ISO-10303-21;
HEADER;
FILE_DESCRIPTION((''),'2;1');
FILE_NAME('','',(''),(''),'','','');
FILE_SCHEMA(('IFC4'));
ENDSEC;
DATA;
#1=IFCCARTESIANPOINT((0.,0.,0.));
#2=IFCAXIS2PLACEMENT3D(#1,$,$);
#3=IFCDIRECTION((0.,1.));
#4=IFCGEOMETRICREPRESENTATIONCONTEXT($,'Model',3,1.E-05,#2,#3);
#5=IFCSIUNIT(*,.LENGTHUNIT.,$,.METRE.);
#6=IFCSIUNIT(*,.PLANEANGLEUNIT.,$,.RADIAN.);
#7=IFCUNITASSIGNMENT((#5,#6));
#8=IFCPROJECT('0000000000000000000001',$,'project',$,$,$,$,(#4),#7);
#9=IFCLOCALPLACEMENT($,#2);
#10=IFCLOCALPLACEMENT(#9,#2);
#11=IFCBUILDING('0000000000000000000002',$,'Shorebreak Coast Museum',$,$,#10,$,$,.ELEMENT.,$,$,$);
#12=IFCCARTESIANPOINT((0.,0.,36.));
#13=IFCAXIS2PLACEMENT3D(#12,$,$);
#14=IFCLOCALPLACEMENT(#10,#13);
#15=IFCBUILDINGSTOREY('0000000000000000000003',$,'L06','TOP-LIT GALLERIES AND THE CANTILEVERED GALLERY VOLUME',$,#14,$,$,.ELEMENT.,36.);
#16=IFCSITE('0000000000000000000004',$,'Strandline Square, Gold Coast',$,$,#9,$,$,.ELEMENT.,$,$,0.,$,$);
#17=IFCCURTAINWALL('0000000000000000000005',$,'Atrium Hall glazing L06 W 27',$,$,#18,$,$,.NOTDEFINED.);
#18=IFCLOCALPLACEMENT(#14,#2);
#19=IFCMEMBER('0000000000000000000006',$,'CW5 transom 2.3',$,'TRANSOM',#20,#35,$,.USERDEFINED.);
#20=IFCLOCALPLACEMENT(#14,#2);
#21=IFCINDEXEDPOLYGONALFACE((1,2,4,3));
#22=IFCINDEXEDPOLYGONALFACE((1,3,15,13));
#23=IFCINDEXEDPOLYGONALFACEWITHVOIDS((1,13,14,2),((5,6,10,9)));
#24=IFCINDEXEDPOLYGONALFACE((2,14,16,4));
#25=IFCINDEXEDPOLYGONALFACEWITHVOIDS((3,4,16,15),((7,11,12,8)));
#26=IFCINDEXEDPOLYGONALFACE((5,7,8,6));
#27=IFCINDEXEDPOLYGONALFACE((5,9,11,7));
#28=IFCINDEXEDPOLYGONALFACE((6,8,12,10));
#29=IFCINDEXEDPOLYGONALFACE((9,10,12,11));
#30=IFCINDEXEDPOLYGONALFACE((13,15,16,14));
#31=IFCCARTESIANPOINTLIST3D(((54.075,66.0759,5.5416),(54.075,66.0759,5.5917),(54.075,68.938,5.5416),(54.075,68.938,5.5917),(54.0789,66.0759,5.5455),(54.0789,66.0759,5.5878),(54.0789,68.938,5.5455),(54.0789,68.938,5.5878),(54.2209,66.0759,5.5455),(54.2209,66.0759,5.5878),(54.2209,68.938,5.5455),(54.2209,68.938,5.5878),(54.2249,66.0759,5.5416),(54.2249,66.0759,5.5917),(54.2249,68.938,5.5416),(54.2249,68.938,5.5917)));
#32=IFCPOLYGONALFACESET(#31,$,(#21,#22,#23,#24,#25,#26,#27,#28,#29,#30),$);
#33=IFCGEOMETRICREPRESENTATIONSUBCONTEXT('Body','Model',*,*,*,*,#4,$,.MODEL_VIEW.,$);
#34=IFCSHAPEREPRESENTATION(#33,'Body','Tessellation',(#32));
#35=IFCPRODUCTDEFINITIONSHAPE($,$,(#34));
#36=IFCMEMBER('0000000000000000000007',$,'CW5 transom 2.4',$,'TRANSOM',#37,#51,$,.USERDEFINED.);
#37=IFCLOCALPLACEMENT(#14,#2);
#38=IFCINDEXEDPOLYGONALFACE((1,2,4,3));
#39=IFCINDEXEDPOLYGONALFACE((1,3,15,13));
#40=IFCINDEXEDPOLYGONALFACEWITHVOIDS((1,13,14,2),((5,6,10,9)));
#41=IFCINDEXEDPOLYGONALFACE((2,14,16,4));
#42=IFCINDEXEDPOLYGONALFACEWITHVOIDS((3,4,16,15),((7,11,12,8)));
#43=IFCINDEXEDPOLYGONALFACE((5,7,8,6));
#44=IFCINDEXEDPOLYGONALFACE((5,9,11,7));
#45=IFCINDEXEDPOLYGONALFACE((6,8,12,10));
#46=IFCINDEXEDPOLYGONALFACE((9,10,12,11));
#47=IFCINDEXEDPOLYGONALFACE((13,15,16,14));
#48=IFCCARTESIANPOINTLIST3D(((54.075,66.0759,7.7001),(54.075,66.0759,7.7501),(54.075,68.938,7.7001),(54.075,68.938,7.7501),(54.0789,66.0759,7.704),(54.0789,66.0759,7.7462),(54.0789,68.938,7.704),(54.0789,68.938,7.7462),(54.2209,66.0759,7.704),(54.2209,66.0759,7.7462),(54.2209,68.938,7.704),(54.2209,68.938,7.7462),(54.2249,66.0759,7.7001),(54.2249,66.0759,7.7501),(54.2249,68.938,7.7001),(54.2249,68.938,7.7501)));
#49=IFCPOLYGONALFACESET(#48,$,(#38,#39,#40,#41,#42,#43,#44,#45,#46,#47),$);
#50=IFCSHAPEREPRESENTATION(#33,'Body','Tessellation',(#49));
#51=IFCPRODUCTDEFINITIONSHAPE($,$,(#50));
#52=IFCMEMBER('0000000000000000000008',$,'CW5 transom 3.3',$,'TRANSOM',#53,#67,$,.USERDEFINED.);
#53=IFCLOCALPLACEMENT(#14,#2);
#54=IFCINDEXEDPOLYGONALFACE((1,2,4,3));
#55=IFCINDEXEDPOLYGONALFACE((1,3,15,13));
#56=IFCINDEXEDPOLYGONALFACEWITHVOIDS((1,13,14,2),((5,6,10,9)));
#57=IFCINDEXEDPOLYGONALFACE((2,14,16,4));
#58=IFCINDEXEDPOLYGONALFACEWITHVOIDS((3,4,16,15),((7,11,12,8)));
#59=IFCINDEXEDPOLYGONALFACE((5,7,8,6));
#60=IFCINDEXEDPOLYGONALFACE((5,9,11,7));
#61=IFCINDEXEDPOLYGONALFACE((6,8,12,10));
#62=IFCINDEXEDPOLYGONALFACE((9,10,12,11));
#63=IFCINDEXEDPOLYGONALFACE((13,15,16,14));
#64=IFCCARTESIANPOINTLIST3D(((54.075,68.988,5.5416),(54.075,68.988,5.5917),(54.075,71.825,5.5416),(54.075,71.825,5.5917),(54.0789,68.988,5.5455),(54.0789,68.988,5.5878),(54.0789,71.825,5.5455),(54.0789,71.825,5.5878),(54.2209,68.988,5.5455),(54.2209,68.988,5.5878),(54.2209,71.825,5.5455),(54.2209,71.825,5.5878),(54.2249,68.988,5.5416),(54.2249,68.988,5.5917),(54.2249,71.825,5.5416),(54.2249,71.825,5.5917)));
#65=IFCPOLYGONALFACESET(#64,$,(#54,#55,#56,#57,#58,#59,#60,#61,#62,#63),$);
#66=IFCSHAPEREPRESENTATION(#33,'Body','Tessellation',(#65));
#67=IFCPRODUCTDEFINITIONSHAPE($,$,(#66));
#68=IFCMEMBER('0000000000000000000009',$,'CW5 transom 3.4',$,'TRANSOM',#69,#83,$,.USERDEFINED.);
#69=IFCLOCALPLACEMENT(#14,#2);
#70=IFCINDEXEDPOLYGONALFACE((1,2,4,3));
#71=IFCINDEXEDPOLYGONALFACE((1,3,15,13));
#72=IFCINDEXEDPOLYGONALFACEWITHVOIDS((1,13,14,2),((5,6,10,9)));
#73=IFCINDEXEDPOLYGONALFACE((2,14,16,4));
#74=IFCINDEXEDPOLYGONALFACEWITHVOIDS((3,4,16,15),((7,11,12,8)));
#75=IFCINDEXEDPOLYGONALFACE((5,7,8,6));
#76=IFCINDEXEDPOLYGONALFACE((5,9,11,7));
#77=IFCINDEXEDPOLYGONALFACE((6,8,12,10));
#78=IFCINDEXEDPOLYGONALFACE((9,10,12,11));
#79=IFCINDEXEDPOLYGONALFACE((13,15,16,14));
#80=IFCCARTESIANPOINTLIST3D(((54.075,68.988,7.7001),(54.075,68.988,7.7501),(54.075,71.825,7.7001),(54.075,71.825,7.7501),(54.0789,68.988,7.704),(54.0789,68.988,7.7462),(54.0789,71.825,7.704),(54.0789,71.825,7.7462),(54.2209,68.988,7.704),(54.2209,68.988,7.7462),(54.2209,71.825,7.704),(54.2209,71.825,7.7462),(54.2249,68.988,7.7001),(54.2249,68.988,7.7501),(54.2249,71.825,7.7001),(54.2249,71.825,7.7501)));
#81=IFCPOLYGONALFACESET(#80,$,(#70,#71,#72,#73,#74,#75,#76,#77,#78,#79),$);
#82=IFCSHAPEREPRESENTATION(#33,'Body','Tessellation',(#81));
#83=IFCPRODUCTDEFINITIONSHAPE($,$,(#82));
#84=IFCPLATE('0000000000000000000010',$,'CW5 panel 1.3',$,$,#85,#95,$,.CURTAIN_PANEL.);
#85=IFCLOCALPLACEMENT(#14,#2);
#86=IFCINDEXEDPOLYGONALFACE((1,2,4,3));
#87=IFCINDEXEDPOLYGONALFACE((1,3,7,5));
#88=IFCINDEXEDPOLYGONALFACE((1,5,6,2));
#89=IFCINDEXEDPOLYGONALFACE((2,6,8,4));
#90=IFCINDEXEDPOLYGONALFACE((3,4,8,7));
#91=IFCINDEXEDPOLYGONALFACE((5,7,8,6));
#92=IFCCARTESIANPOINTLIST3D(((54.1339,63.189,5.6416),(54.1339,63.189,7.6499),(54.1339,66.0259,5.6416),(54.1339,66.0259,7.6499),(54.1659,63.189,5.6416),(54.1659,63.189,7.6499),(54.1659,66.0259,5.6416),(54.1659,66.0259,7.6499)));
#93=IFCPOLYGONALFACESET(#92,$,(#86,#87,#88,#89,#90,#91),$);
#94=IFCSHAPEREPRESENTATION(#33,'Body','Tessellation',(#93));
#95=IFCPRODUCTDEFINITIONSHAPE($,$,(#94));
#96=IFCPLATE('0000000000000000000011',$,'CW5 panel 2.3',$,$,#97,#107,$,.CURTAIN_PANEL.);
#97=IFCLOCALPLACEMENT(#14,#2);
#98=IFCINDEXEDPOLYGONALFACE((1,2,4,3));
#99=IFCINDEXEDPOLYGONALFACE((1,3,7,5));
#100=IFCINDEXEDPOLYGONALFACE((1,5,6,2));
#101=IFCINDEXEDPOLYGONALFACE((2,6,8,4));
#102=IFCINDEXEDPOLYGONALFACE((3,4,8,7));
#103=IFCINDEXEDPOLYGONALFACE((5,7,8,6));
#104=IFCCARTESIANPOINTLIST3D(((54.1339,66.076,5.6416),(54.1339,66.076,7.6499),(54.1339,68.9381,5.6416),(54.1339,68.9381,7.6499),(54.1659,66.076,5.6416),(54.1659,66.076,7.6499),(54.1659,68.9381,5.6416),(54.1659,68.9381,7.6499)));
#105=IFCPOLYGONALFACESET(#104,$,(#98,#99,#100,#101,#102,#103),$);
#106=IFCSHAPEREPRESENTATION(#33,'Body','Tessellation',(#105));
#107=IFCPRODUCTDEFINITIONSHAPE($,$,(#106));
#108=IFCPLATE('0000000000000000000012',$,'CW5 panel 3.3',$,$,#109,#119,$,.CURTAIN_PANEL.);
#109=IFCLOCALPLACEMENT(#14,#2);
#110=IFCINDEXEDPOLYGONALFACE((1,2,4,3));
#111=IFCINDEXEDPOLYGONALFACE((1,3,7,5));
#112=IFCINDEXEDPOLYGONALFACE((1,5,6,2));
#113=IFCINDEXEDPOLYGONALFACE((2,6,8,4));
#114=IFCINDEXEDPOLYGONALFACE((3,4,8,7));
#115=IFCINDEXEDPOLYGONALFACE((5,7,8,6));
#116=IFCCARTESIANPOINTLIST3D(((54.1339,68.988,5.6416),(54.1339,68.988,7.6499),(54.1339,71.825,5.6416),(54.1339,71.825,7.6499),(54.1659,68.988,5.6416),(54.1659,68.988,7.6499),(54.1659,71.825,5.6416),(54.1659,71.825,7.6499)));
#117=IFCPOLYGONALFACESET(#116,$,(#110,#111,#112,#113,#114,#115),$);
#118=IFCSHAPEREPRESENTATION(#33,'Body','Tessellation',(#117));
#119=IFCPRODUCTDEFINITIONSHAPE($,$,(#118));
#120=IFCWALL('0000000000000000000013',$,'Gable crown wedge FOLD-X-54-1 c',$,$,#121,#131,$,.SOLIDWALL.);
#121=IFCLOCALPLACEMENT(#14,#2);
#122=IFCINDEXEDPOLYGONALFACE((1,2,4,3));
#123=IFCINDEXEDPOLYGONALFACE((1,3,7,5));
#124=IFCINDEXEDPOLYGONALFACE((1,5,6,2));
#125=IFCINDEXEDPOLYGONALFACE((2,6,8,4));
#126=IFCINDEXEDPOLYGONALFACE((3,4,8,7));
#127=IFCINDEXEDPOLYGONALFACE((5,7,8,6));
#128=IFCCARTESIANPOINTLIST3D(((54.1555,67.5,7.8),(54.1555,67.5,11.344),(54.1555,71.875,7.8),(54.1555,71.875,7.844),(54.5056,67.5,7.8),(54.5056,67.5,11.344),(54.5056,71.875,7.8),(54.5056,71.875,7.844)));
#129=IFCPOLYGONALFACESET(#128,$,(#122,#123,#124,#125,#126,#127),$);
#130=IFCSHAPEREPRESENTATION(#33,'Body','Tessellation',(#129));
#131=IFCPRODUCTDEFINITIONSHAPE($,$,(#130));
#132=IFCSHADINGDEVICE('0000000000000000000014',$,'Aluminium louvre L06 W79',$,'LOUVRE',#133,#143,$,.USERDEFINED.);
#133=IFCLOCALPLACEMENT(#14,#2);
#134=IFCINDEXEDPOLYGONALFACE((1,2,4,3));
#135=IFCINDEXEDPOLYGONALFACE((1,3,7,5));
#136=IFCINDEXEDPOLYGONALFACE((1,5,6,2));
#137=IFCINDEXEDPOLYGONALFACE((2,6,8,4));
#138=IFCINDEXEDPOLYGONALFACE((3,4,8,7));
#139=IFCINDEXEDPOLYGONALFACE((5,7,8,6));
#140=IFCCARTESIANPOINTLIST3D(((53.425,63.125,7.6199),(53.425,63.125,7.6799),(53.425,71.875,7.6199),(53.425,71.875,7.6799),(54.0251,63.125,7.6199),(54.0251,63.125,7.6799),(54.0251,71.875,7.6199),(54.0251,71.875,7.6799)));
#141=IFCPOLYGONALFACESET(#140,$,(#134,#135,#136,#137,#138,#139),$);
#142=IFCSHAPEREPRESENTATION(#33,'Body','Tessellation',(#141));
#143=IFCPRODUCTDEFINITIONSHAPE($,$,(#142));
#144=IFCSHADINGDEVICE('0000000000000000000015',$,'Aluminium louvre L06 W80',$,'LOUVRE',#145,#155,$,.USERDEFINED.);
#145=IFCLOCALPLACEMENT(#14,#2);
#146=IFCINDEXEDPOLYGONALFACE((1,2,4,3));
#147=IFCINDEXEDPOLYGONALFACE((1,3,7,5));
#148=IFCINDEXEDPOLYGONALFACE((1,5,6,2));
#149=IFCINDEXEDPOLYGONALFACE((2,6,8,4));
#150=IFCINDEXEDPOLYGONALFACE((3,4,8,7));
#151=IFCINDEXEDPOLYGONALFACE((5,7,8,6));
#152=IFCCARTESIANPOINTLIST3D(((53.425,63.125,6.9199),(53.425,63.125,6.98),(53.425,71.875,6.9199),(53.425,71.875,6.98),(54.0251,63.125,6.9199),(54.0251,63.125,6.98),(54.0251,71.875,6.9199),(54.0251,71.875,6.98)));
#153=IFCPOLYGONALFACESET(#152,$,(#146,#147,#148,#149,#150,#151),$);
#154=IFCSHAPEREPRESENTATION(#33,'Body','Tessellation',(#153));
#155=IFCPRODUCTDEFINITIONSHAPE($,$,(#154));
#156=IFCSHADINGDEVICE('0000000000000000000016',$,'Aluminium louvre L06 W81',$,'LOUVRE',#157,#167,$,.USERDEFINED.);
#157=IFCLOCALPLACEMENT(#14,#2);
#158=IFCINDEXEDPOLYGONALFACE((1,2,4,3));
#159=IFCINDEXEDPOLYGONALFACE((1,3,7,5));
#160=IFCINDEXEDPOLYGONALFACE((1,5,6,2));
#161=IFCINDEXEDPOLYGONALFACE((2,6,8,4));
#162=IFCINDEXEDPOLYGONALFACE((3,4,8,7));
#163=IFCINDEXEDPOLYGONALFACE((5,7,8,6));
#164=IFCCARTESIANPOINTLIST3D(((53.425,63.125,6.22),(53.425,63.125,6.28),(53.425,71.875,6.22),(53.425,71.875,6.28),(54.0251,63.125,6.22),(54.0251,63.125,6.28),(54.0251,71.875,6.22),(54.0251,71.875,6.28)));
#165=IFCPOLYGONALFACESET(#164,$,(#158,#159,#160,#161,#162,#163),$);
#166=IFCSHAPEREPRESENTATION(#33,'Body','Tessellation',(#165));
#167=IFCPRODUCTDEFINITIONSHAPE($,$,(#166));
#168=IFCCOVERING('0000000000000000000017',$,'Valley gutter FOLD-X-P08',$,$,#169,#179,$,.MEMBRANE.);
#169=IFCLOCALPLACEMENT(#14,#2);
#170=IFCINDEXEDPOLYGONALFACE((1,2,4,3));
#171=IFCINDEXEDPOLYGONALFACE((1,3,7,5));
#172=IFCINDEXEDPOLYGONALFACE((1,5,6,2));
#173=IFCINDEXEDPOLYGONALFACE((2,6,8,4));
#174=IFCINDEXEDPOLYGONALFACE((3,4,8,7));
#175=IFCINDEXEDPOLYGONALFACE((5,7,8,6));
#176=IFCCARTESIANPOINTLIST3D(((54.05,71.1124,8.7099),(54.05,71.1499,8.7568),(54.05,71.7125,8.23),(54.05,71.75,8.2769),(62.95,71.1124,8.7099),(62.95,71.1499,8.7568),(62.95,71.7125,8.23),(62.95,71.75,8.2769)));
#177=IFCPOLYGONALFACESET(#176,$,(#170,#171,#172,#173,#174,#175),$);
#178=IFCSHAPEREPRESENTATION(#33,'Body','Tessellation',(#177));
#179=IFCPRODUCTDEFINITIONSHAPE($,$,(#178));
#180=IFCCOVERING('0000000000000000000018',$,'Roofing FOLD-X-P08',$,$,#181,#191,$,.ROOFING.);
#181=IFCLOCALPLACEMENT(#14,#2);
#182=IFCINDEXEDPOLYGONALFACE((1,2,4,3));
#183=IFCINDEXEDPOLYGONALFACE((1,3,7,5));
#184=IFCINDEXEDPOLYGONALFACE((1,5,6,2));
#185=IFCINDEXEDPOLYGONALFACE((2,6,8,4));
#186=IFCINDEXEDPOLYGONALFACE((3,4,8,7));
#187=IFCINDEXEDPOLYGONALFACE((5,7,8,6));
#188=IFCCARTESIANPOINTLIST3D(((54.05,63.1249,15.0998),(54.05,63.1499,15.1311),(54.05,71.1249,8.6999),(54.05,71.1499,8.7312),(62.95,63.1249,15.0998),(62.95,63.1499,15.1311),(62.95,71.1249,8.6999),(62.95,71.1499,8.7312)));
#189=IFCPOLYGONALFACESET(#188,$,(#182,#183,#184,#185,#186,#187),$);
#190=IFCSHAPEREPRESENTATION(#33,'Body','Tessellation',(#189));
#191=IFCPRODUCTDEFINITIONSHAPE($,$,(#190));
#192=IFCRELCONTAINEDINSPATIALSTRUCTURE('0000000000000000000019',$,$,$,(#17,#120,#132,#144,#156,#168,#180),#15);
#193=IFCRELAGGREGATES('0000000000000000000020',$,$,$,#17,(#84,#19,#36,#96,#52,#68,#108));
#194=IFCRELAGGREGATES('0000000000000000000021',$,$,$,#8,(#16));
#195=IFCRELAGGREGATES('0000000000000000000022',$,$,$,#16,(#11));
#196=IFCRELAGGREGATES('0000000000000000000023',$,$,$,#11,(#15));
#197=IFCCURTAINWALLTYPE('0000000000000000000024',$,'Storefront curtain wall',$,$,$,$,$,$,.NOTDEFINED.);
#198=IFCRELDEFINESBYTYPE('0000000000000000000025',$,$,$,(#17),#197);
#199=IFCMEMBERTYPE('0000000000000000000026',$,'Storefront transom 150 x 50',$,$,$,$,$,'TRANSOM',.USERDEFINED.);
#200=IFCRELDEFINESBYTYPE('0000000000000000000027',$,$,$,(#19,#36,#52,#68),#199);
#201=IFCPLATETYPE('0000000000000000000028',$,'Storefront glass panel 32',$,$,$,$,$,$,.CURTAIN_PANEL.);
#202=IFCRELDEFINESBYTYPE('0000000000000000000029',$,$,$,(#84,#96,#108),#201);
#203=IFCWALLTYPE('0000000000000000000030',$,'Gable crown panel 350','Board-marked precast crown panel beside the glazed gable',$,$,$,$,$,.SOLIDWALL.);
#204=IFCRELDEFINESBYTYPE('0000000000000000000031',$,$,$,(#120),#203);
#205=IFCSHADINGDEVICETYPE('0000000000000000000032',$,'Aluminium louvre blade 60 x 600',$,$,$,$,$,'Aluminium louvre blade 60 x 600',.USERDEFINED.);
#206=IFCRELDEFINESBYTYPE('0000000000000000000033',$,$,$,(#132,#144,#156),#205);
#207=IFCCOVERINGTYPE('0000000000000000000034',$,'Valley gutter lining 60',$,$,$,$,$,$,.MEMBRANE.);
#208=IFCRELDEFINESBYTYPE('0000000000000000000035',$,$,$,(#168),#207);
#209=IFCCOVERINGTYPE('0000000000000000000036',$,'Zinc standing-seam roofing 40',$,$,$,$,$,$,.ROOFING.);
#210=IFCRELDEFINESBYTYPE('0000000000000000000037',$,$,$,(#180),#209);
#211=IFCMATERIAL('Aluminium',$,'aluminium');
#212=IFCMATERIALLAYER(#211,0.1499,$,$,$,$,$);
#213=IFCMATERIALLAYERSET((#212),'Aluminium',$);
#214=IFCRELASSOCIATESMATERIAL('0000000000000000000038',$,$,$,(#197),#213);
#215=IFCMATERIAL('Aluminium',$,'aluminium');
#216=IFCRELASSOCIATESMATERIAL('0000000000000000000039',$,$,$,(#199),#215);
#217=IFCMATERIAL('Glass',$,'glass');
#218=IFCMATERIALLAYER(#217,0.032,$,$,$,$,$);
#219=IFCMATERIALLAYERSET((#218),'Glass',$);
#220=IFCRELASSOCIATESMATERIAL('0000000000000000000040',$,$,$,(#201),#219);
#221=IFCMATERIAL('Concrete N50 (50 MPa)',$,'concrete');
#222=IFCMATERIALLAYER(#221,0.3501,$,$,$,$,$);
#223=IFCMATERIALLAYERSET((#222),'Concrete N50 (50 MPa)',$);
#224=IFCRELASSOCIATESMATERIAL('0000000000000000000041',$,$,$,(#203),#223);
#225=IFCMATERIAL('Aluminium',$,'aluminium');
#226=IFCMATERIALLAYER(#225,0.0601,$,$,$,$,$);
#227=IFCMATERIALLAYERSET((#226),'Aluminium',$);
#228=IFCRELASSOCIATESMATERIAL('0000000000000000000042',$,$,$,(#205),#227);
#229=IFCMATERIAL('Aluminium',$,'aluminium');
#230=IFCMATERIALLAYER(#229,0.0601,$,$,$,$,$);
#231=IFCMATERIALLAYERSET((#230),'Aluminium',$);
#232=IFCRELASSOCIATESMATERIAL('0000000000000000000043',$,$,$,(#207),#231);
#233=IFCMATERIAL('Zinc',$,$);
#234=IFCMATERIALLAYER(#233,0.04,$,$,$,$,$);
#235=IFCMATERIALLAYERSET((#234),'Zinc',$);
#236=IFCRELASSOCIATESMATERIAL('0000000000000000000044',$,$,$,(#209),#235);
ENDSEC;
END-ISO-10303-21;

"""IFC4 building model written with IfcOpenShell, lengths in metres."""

from ifc_helpers import new_model, si_unit, direction, frame, origin, origin_2d, place, context, subcontext, project, spatial, polyline, rectangle, hollow_rectangle, outline, extrude, material, layer, layer_set, material_profile, profile_set, type_object, element, aggregate, save


model = new_model("IFC4")

# Units and contexts
model_context = context("Model", 3, precision=1e-05, world=origin(), true_north=direction((0.0, 1.0)))
body_context = subcontext(model_context, "Body", "Model", "MODEL_VIEW")
ifc_project = project(units=[si_unit("LENGTHUNIT", "METRE"), si_unit("PLANEANGLEUNIT", "RADIAN")], contexts=[model_context])

# Site, building, storey
site_placement = place(None, origin())
site = spatial("IfcSite", under=ifc_project, at=site_placement, Name="Strandline Square, Gold Coast", CompositionType="ELEMENT", RefElevation=0.0)
building_placement = place(site_placement, origin())
building = spatial("IfcBuilding", under=site, at=building_placement, Name="Shorebreak Coast Museum", CompositionType="ELEMENT")
storey_placement = place(building_placement, frame((0.0, 0.0, 36.0)))
storey = spatial("IfcBuildingStorey", under=building, at=storey_placement, Name="L06", Description="TOP-LIT GALLERIES AND THE CANTILEVERED GALLERY VOLUME", CompositionType="ELEMENT", Elevation=36.0)

# Curtain wall, members, plates
ifc_material_1 = material(Name="Aluminium", Category="aluminium")
ifc_layer_1 = layer(ifc_material_1, 0.1499)
ifc_layer_set_1 = layer_set([ifc_layer_1], Name="Aluminium")
curtain_wall_type_1 = type_object("IfcCurtainWallType", Name="Storefront curtain wall", PredefinedType="NOTDEFINED", material=ifc_layer_set_1)
curtain_wall_1_placement = place(storey_placement, origin())
curtain_wall_1 = element("IfcCurtainWall", 1, at=curtain_wall_1_placement, inside=storey, type_object=curtain_wall_type_1, Name="Atrium Hall glazing L06 W 27", PredefinedType="NOTDEFINED")
ifc_material_2 = material(Name="Aluminium", Category="aluminium")
ifc_material_profile_1 = material_profile(ifc_material_2, hollow_rectangle(XDim=0.1499, YDim=0.05, WallThickness=0.0039, at=origin_2d()), Name="AL 50x150 RHS")
ifc_profile_set_1 = profile_set([ifc_material_profile_1], Name="Aluminium")
member_type_1 = type_object("IfcMemberType", Name="Storefront transom 150 x 50", ElementType="TRANSOM", PredefinedType="USERDEFINED", material=ifc_profile_set_1)
member_1_placement = place(storey_placement, frame((54.1499, 66.0759, 5.5667), z_axis=(0.0, 1.0, 0.0), x_axis=(-1.0, 0.0, 0.0)))
member_1 = element("IfcMember", 2, at=member_1_placement, type_object=member_type_1, Name="CW5 transom 2.3", ObjectType="TRANSOM", PredefinedType="USERDEFINED", context=body_context, shape_type="SweptSolid", body=[
    extrude(hollow_rectangle(XDim=0.1499, YDim=0.05, WallThickness=0.0039, at=origin_2d()), origin(), (0.0, 0.0, 1.0), 2.8621),
])
member_2_placement = place(storey_placement, frame((54.1499, 66.0759, 7.7251), z_axis=(0.0, 1.0, 0.0), x_axis=(-1.0, 0.0, 0.0)))
member_2 = element("IfcMember", 3, at=member_2_placement, type_object=member_type_1, Name="CW5 transom 2.4", ObjectType="TRANSOM", PredefinedType="USERDEFINED", context=body_context, shape_type="SweptSolid", body=[
    extrude(hollow_rectangle(XDim=0.1499, YDim=0.05, WallThickness=0.0039, at=origin_2d()), origin(), (0.0, 0.0, 1.0), 2.8621),
])
member_3_placement = place(storey_placement, frame((54.1499, 68.988, 5.5667), z_axis=(0.0, 1.0, 0.0), x_axis=(-1.0, 0.0, 0.0)))
member_3 = element("IfcMember", 4, at=member_3_placement, type_object=member_type_1, Name="CW5 transom 3.3", ObjectType="TRANSOM", PredefinedType="USERDEFINED", context=body_context, shape_type="SweptSolid", body=[
    extrude(hollow_rectangle(XDim=0.1499, YDim=0.05, WallThickness=0.0039, at=origin_2d()), origin(), (0.0, 0.0, 1.0), 2.8369),
])
member_4_placement = place(storey_placement, frame((54.1499, 68.988, 7.7251), z_axis=(0.0, 1.0, 0.0), x_axis=(-1.0, 0.0, 0.0)))
member_4 = element("IfcMember", 5, at=member_4_placement, type_object=member_type_1, Name="CW5 transom 3.4", ObjectType="TRANSOM", PredefinedType="USERDEFINED", context=body_context, shape_type="SweptSolid", body=[
    extrude(hollow_rectangle(XDim=0.1499, YDim=0.05, WallThickness=0.0039, at=origin_2d()), origin(), (0.0, 0.0, 1.0), 2.8369),
])
ifc_material_3 = material(Name="Glass", Category="glass")
ifc_layer_2 = layer(ifc_material_3, 0.032)
ifc_layer_set_2 = layer_set([ifc_layer_2], Name="Glass")
plate_type = type_object("IfcPlateType", Name="Storefront glass panel 32", PredefinedType="CURTAIN_PANEL", material=ifc_layer_set_2)
plate_1_placement = place(storey_placement, frame((54.1499, 64.6074, 5.6416), z_axis=(0.0, 0.0, 1.0), x_axis=(0.0, 1.0, 0.0)))
plate_1 = element("IfcPlate", 6, at=plate_1_placement, type_object=plate_type, Name="CW5 panel 1.3", PredefinedType="CURTAIN_PANEL", context=body_context, shape_type="SweptSolid", body=[
    extrude(rectangle(XDim=2.8369, YDim=0.032, at=origin_2d()), origin(), (0.0, 0.0, 1.0), 2.0083),
])
plate_2_placement = place(storey_placement, frame((54.1499, 67.5071, 5.6416), z_axis=(0.0, 0.0, 1.0), x_axis=(0.0, 1.0, 0.0)))
plate_2 = element("IfcPlate", 7, at=plate_2_placement, type_object=plate_type, Name="CW5 panel 2.3", PredefinedType="CURTAIN_PANEL", context=body_context, shape_type="SweptSolid", body=[
    extrude(rectangle(XDim=2.8621, YDim=0.032, at=origin_2d()), origin(), (0.0, 0.0, 1.0), 2.0083),
])
plate_3_placement = place(storey_placement, frame((54.1499, 70.4065, 5.6416), z_axis=(0.0, 0.0, 1.0), x_axis=(0.0, 1.0, 0.0)))
plate_3 = element("IfcPlate", 8, at=plate_3_placement, type_object=plate_type, Name="CW5 panel 3.3", PredefinedType="CURTAIN_PANEL", context=body_context, shape_type="SweptSolid", body=[
    extrude(rectangle(XDim=2.8369, YDim=0.032, at=origin_2d()), origin(), (0.0, 0.0, 1.0), 2.0083),
])
aggregate(curtain_wall_1, [plate_1, member_1, member_2, plate_2, member_3, member_4, plate_3])

# Wall
ifc_material_4 = material(Name="Concrete N50 (50 MPa)", Category="concrete")
ifc_layer_3 = layer(ifc_material_4, 0.3501)
ifc_layer_set_3 = layer_set([ifc_layer_3], Name="Concrete N50 (50 MPa)")
wall_type = type_object("IfcWallType", Name="Gable crown panel 350", Description="Board-marked precast crown panel beside the glazed gable", PredefinedType="SOLIDWALL", material=ifc_layer_set_3)
wall_placement = place(storey_placement, frame((54.3306, 67.5, 7.8), z_axis=(0.0, 0.0, 1.0), x_axis=(0.0, 1.0, 0.0)))
element("IfcWall", 9, at=wall_placement, inside=storey, type_object=wall_type, Name="Gable crown wedge FOLD-X-54-1 c", PredefinedType="SOLIDWALL", context=body_context, shape_type="SweptSolid", body=[
    extrude(outline(polyline([(0.0, 0.0), (4.375, 0.0), (4.375, 0.0439), (0.0, 3.5439), (0.0, 0.0)])), frame((0.0, 0.175, 0.0), z_axis=(0.0, -1.0, 0.0), x_axis=(1.0, 0.0, 0.0)), (0.0, 0.0, 1.0), 0.3501),
])

# Shading devices
ifc_material_5 = material(Name="Aluminium", Category="aluminium")
ifc_layer_4 = layer(ifc_material_5, 0.0601)
ifc_layer_set_4 = layer_set([ifc_layer_4], Name="Aluminium")
shading_device_type = type_object("IfcShadingDeviceType", Name="Aluminium louvre blade 60 x 600", ElementType="Aluminium louvre blade 60 x 600", PredefinedType="USERDEFINED", material=ifc_layer_set_4)
for number, where, z_axis, x_axis, name in (
    (10, (53.7251, 67.5, 7.6199), (0.0, 0.0, 1.0), (1.0, 0.0, 0.0), "Aluminium louvre L06 W79"),
    (11, (53.7251, 67.5, 6.9199), (0.0, 0.0, 1.0), (1.0, 0.0, 0.0), "Aluminium louvre L06 W80"),
    (12, (53.7251, 67.5, 6.22), (0.0, 0.0, 1.0), (1.0, 0.0, 0.0), "Aluminium louvre L06 W81"),
):
    element("IfcShadingDevice", number, at=place(storey_placement, frame(where, z_axis=z_axis, x_axis=x_axis)), inside=storey, type_object=shading_device_type, Name=name, ObjectType="LOUVRE", PredefinedType="USERDEFINED", context=body_context, shape_type="SweptSolid", body=[
        extrude(rectangle(XDim=0.6001, YDim=8.75, at=origin_2d()), origin(), (0.0, 0.0, 1.0), 0.0601),
    ])

# Coverings
ifc_material_6 = material(Name="Aluminium", Category="aluminium")
ifc_layer_5 = layer(ifc_material_6, 0.0601)
ifc_layer_set_5 = layer_set([ifc_layer_5], Name="Aluminium")
covering_type_1 = type_object("IfcCoveringType", Name="Valley gutter lining 60", PredefinedType="MEMBRANE", material=ifc_layer_set_5)
covering_1_placement = place(storey_placement, frame((54.05, 71.1499, 8.7568), z_axis=(0.0, 0.624618, 0.780931), x_axis=(1.0, 0.0, 0.0)))
element("IfcCovering", 13, at=covering_1_placement, inside=storey, type_object=covering_type_1, Name="Valley gutter FOLD-X-P08", PredefinedType="MEMBRANE", context=body_context, shape_type="SweptSolid", body=[
    extrude(outline(polyline([(0.0, 0.0), (8.8999, 0.0), (8.8999, 0.7684), (0.0, 0.7684), (0.0, 0.0)])), origin(), (0.0, 0.0, -1.0), 0.0601),
])
ifc_material_7 = material(Name="Zinc")
ifc_layer_6 = layer(ifc_material_7, 0.04)
ifc_layer_set_6 = layer_set([ifc_layer_6], Name="Zinc")
covering_type_2 = type_object("IfcCoveringType", Name="Zinc standing-seam roofing 40", PredefinedType="ROOFING", material=ifc_layer_set_6)
covering_2_placement = place(storey_placement, frame((54.05, 63.1499, 15.1311), z_axis=(0.0, 0.624689, 0.780873), x_axis=(1.0, 0.0, 0.0)))
element("IfcCovering", 14, at=covering_2_placement, inside=storey, type_object=covering_type_2, Name="Roofing FOLD-X-P08", PredefinedType="ROOFING", context=body_context, shape_type="SweptSolid", body=[
    extrude(outline(polyline([(0.0, 0.0), (8.8999, 0.0), (8.8999, 10.2449), (0.0, 10.2449), (0.0, 0.0)])), origin(), (0.0, 0.0, -1.0), 0.04),
])

save(model, "model.ifc")
